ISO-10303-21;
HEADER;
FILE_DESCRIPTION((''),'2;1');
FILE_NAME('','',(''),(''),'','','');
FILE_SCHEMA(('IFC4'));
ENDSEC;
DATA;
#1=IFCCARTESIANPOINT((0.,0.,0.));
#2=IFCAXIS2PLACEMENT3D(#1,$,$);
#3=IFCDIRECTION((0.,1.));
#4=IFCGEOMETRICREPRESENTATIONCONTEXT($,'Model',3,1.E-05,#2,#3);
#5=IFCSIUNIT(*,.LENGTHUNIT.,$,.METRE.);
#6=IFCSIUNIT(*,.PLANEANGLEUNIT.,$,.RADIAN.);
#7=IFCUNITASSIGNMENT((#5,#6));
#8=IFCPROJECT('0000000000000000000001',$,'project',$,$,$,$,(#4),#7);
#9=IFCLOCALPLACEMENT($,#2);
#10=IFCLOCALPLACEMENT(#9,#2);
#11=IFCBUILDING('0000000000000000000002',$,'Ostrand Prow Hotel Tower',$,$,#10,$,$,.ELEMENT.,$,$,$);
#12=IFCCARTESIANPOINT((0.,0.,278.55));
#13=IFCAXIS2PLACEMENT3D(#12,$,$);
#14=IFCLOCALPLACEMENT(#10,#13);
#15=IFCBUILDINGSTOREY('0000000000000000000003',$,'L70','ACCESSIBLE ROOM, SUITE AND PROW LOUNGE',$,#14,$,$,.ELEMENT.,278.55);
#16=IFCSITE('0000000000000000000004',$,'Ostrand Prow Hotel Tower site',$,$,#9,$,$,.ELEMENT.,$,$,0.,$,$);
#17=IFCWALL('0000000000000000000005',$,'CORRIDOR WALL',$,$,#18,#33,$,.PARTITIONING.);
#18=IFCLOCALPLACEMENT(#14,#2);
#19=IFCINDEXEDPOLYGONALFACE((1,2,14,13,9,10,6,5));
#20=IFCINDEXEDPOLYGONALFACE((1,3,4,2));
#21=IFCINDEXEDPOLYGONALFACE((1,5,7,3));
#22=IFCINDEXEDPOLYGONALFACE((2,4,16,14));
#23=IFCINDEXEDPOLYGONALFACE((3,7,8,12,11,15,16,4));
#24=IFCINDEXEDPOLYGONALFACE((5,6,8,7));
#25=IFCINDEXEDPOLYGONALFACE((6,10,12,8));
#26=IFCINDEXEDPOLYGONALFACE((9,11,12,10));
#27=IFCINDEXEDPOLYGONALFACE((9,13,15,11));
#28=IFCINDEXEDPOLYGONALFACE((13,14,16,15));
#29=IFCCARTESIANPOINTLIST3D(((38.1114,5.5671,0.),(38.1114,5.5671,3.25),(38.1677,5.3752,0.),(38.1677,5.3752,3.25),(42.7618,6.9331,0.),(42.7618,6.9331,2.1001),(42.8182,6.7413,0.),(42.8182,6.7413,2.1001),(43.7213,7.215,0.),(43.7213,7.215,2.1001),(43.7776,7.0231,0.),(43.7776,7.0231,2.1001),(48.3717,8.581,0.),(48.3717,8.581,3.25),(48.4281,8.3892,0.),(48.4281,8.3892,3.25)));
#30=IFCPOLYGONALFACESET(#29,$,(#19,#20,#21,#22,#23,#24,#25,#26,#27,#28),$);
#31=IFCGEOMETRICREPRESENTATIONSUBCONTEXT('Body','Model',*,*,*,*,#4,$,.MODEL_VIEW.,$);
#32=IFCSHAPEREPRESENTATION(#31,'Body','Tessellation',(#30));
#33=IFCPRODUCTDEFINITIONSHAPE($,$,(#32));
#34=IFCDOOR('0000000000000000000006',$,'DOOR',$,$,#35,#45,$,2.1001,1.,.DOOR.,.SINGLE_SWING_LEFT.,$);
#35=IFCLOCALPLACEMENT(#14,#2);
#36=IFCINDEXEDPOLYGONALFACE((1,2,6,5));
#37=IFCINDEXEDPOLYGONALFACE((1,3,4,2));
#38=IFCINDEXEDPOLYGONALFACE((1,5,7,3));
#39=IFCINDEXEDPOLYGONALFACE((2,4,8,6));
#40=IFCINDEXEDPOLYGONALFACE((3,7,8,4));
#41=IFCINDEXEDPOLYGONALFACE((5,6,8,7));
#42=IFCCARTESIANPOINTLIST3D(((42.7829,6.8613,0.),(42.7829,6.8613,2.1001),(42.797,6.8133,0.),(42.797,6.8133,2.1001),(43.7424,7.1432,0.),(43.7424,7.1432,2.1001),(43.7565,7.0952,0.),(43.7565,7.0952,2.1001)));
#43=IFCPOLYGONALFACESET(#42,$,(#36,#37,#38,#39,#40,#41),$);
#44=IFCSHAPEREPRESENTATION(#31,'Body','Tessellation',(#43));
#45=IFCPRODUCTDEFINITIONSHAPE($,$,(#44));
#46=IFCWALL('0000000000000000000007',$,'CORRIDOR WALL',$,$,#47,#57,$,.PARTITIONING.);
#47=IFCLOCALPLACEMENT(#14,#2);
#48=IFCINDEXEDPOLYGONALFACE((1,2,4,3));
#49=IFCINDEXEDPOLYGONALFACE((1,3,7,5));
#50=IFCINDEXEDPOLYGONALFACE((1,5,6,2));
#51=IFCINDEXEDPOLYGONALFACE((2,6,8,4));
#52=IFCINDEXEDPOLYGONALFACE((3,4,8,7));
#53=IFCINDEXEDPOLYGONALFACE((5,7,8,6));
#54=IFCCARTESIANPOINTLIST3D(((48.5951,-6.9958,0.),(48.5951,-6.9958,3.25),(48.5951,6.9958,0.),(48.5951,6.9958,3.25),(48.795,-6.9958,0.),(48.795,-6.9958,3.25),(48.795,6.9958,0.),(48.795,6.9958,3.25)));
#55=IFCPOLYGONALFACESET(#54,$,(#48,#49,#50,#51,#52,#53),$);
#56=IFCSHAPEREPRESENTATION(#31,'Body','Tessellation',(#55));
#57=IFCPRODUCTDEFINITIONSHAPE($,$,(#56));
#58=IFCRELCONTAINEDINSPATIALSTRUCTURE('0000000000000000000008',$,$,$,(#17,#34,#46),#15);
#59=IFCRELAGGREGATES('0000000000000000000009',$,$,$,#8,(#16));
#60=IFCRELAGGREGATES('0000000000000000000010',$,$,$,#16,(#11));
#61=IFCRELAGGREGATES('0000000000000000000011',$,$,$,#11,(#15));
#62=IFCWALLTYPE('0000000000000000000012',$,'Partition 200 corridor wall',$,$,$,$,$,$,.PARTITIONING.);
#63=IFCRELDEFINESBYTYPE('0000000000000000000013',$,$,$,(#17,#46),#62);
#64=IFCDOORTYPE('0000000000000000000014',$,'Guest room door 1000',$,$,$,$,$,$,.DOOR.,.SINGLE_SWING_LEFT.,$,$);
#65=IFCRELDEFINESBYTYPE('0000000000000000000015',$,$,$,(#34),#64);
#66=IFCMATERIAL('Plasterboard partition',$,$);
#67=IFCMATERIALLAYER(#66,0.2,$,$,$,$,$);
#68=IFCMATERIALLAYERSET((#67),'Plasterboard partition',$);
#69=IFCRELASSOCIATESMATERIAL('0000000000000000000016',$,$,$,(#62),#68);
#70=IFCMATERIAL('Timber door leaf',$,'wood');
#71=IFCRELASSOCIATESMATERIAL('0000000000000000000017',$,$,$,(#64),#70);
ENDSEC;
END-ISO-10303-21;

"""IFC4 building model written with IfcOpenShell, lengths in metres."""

from ifc_helpers import new_model, si_unit, direction, frame, frame_2d, origin, place, context, subcontext, project, spatial, rectangle, extrude, material, layer, layer_set, type_object, element, fill, save


model = new_model("IFC4")

# Units and contexts
model_context = context("Model", 3, precision=1e-05, world=origin(), true_north=direction((0.0, 1.0)))
body_context = subcontext(model_context, "Body", "Model", "MODEL_VIEW")
ifc_project = project(units=[si_unit("LENGTHUNIT", "METRE"), si_unit("PLANEANGLEUNIT", "RADIAN")], contexts=[model_context])

# Site, building, storey
site_placement = place(None, origin())
site = spatial("IfcSite", under=ifc_project, at=site_placement, Name="Ostrand Prow Hotel Tower site", CompositionType="ELEMENT", RefElevation=0.0)
building_placement = place(site_placement, origin())
building = spatial("IfcBuilding", under=site, at=building_placement, Name="Ostrand Prow Hotel Tower", CompositionType="ELEMENT")
storey_placement = place(building_placement, frame((0.0, 0.0, 278.55)))
storey = spatial("IfcBuildingStorey", under=building, at=storey_placement, Name="L70", Description="ACCESSIBLE ROOM, SUITE AND PROW LOUNGE", CompositionType="ELEMENT", Elevation=278.55)

# Wall, opening, door
ifc_material_1 = material(Name="Plasterboard partition")
ifc_layer_1 = layer(ifc_material_1, 0.2)
ifc_layer_set_1 = layer_set([ifc_layer_1], Name="Plasterboard partition")
wall_type_1 = type_object("IfcWallType", Name="Partition 200 corridor wall", PredefinedType="PARTITIONING", material=ifc_layer_set_1)
wall_1_placement = place(storey_placement, frame((48.3999, 8.4851, 0.0), z_axis=(0.0, 0.0, 1.0), x_axis=(-0.959462, -0.281839, 0.0)))
wall_1 = element("IfcWall", 1, at=wall_1_placement, inside=storey, type_object=wall_type_1, Name="CORRIDOR WALL", PredefinedType="PARTITIONING", context=body_context, shape_type="SweptSolid", body=[
    extrude(rectangle(XDim=10.6938, YDim=0.2, at=frame_2d((5.3469, 0.0))), origin(), (0.0, 0.0, 1.0), 3.25),
])
opening_1_placement = place(wall_1_placement, frame((4.8469, 0.0, 0.0)))
opening_1 = element("IfcOpeningElement", 2, at=opening_1_placement, cuts=wall_1, PredefinedType="OPENING", context=body_context, shape_type="SweptSolid", body=[
    extrude(rectangle(XDim=1.0, YDim=2.1001, at=frame_2d((0.5, 1.05))), frame((0.0, 0.1099, 0.0), z_axis=(0.0, -1.0, 0.0), x_axis=(1.0, 0.0, 0.0)), (0.0, 0.0, 1.0), 0.22),
])
ifc_material_2 = material(Name="Timber door leaf", Category="wood")
door_type_1 = type_object("IfcDoorType", Name="Guest room door 1000", OperationType="SINGLE_SWING_LEFT", PredefinedType="DOOR", material=ifc_material_2)
door_1_placement = place(opening_1_placement, origin())
door_1 = element("IfcDoor", 3, at=door_1_placement, inside=storey, type_object=door_type_1, Name="DOOR", OperationType="SINGLE_SWING_LEFT", OverallHeight=2.1001, OverallWidth=1.0, PredefinedType="DOOR", context=body_context, shape_type="SweptSolid", body=[
    extrude(rectangle(XDim=1.0, YDim=2.1001, at=frame_2d((0.5, 1.05))), frame((0.0, 0.0249, 0.0), z_axis=(0.0, -1.0, 0.0), x_axis=(1.0, 0.0, 0.0)), (0.0, 0.0, 1.0), 0.05),
])
fill(opening_1, door_1)

# Wall
wall_2_placement = place(storey_placement, frame((48.6951, 6.9958, 0.0), z_axis=(0.0, 0.0, 1.0), x_axis=(0.0, -1.0, 0.0)))
element("IfcWall", 4, at=wall_2_placement, inside=storey, type_object=wall_type_1, Name="CORRIDOR WALL", PredefinedType="PARTITIONING", context=body_context, shape_type="SweptSolid", body=[
    extrude(rectangle(XDim=13.9917, YDim=0.2, at=frame_2d((6.9958, 0.0))), origin(), (0.0, 0.0, 1.0), 3.25),
])

save(model, "model.ifc")
